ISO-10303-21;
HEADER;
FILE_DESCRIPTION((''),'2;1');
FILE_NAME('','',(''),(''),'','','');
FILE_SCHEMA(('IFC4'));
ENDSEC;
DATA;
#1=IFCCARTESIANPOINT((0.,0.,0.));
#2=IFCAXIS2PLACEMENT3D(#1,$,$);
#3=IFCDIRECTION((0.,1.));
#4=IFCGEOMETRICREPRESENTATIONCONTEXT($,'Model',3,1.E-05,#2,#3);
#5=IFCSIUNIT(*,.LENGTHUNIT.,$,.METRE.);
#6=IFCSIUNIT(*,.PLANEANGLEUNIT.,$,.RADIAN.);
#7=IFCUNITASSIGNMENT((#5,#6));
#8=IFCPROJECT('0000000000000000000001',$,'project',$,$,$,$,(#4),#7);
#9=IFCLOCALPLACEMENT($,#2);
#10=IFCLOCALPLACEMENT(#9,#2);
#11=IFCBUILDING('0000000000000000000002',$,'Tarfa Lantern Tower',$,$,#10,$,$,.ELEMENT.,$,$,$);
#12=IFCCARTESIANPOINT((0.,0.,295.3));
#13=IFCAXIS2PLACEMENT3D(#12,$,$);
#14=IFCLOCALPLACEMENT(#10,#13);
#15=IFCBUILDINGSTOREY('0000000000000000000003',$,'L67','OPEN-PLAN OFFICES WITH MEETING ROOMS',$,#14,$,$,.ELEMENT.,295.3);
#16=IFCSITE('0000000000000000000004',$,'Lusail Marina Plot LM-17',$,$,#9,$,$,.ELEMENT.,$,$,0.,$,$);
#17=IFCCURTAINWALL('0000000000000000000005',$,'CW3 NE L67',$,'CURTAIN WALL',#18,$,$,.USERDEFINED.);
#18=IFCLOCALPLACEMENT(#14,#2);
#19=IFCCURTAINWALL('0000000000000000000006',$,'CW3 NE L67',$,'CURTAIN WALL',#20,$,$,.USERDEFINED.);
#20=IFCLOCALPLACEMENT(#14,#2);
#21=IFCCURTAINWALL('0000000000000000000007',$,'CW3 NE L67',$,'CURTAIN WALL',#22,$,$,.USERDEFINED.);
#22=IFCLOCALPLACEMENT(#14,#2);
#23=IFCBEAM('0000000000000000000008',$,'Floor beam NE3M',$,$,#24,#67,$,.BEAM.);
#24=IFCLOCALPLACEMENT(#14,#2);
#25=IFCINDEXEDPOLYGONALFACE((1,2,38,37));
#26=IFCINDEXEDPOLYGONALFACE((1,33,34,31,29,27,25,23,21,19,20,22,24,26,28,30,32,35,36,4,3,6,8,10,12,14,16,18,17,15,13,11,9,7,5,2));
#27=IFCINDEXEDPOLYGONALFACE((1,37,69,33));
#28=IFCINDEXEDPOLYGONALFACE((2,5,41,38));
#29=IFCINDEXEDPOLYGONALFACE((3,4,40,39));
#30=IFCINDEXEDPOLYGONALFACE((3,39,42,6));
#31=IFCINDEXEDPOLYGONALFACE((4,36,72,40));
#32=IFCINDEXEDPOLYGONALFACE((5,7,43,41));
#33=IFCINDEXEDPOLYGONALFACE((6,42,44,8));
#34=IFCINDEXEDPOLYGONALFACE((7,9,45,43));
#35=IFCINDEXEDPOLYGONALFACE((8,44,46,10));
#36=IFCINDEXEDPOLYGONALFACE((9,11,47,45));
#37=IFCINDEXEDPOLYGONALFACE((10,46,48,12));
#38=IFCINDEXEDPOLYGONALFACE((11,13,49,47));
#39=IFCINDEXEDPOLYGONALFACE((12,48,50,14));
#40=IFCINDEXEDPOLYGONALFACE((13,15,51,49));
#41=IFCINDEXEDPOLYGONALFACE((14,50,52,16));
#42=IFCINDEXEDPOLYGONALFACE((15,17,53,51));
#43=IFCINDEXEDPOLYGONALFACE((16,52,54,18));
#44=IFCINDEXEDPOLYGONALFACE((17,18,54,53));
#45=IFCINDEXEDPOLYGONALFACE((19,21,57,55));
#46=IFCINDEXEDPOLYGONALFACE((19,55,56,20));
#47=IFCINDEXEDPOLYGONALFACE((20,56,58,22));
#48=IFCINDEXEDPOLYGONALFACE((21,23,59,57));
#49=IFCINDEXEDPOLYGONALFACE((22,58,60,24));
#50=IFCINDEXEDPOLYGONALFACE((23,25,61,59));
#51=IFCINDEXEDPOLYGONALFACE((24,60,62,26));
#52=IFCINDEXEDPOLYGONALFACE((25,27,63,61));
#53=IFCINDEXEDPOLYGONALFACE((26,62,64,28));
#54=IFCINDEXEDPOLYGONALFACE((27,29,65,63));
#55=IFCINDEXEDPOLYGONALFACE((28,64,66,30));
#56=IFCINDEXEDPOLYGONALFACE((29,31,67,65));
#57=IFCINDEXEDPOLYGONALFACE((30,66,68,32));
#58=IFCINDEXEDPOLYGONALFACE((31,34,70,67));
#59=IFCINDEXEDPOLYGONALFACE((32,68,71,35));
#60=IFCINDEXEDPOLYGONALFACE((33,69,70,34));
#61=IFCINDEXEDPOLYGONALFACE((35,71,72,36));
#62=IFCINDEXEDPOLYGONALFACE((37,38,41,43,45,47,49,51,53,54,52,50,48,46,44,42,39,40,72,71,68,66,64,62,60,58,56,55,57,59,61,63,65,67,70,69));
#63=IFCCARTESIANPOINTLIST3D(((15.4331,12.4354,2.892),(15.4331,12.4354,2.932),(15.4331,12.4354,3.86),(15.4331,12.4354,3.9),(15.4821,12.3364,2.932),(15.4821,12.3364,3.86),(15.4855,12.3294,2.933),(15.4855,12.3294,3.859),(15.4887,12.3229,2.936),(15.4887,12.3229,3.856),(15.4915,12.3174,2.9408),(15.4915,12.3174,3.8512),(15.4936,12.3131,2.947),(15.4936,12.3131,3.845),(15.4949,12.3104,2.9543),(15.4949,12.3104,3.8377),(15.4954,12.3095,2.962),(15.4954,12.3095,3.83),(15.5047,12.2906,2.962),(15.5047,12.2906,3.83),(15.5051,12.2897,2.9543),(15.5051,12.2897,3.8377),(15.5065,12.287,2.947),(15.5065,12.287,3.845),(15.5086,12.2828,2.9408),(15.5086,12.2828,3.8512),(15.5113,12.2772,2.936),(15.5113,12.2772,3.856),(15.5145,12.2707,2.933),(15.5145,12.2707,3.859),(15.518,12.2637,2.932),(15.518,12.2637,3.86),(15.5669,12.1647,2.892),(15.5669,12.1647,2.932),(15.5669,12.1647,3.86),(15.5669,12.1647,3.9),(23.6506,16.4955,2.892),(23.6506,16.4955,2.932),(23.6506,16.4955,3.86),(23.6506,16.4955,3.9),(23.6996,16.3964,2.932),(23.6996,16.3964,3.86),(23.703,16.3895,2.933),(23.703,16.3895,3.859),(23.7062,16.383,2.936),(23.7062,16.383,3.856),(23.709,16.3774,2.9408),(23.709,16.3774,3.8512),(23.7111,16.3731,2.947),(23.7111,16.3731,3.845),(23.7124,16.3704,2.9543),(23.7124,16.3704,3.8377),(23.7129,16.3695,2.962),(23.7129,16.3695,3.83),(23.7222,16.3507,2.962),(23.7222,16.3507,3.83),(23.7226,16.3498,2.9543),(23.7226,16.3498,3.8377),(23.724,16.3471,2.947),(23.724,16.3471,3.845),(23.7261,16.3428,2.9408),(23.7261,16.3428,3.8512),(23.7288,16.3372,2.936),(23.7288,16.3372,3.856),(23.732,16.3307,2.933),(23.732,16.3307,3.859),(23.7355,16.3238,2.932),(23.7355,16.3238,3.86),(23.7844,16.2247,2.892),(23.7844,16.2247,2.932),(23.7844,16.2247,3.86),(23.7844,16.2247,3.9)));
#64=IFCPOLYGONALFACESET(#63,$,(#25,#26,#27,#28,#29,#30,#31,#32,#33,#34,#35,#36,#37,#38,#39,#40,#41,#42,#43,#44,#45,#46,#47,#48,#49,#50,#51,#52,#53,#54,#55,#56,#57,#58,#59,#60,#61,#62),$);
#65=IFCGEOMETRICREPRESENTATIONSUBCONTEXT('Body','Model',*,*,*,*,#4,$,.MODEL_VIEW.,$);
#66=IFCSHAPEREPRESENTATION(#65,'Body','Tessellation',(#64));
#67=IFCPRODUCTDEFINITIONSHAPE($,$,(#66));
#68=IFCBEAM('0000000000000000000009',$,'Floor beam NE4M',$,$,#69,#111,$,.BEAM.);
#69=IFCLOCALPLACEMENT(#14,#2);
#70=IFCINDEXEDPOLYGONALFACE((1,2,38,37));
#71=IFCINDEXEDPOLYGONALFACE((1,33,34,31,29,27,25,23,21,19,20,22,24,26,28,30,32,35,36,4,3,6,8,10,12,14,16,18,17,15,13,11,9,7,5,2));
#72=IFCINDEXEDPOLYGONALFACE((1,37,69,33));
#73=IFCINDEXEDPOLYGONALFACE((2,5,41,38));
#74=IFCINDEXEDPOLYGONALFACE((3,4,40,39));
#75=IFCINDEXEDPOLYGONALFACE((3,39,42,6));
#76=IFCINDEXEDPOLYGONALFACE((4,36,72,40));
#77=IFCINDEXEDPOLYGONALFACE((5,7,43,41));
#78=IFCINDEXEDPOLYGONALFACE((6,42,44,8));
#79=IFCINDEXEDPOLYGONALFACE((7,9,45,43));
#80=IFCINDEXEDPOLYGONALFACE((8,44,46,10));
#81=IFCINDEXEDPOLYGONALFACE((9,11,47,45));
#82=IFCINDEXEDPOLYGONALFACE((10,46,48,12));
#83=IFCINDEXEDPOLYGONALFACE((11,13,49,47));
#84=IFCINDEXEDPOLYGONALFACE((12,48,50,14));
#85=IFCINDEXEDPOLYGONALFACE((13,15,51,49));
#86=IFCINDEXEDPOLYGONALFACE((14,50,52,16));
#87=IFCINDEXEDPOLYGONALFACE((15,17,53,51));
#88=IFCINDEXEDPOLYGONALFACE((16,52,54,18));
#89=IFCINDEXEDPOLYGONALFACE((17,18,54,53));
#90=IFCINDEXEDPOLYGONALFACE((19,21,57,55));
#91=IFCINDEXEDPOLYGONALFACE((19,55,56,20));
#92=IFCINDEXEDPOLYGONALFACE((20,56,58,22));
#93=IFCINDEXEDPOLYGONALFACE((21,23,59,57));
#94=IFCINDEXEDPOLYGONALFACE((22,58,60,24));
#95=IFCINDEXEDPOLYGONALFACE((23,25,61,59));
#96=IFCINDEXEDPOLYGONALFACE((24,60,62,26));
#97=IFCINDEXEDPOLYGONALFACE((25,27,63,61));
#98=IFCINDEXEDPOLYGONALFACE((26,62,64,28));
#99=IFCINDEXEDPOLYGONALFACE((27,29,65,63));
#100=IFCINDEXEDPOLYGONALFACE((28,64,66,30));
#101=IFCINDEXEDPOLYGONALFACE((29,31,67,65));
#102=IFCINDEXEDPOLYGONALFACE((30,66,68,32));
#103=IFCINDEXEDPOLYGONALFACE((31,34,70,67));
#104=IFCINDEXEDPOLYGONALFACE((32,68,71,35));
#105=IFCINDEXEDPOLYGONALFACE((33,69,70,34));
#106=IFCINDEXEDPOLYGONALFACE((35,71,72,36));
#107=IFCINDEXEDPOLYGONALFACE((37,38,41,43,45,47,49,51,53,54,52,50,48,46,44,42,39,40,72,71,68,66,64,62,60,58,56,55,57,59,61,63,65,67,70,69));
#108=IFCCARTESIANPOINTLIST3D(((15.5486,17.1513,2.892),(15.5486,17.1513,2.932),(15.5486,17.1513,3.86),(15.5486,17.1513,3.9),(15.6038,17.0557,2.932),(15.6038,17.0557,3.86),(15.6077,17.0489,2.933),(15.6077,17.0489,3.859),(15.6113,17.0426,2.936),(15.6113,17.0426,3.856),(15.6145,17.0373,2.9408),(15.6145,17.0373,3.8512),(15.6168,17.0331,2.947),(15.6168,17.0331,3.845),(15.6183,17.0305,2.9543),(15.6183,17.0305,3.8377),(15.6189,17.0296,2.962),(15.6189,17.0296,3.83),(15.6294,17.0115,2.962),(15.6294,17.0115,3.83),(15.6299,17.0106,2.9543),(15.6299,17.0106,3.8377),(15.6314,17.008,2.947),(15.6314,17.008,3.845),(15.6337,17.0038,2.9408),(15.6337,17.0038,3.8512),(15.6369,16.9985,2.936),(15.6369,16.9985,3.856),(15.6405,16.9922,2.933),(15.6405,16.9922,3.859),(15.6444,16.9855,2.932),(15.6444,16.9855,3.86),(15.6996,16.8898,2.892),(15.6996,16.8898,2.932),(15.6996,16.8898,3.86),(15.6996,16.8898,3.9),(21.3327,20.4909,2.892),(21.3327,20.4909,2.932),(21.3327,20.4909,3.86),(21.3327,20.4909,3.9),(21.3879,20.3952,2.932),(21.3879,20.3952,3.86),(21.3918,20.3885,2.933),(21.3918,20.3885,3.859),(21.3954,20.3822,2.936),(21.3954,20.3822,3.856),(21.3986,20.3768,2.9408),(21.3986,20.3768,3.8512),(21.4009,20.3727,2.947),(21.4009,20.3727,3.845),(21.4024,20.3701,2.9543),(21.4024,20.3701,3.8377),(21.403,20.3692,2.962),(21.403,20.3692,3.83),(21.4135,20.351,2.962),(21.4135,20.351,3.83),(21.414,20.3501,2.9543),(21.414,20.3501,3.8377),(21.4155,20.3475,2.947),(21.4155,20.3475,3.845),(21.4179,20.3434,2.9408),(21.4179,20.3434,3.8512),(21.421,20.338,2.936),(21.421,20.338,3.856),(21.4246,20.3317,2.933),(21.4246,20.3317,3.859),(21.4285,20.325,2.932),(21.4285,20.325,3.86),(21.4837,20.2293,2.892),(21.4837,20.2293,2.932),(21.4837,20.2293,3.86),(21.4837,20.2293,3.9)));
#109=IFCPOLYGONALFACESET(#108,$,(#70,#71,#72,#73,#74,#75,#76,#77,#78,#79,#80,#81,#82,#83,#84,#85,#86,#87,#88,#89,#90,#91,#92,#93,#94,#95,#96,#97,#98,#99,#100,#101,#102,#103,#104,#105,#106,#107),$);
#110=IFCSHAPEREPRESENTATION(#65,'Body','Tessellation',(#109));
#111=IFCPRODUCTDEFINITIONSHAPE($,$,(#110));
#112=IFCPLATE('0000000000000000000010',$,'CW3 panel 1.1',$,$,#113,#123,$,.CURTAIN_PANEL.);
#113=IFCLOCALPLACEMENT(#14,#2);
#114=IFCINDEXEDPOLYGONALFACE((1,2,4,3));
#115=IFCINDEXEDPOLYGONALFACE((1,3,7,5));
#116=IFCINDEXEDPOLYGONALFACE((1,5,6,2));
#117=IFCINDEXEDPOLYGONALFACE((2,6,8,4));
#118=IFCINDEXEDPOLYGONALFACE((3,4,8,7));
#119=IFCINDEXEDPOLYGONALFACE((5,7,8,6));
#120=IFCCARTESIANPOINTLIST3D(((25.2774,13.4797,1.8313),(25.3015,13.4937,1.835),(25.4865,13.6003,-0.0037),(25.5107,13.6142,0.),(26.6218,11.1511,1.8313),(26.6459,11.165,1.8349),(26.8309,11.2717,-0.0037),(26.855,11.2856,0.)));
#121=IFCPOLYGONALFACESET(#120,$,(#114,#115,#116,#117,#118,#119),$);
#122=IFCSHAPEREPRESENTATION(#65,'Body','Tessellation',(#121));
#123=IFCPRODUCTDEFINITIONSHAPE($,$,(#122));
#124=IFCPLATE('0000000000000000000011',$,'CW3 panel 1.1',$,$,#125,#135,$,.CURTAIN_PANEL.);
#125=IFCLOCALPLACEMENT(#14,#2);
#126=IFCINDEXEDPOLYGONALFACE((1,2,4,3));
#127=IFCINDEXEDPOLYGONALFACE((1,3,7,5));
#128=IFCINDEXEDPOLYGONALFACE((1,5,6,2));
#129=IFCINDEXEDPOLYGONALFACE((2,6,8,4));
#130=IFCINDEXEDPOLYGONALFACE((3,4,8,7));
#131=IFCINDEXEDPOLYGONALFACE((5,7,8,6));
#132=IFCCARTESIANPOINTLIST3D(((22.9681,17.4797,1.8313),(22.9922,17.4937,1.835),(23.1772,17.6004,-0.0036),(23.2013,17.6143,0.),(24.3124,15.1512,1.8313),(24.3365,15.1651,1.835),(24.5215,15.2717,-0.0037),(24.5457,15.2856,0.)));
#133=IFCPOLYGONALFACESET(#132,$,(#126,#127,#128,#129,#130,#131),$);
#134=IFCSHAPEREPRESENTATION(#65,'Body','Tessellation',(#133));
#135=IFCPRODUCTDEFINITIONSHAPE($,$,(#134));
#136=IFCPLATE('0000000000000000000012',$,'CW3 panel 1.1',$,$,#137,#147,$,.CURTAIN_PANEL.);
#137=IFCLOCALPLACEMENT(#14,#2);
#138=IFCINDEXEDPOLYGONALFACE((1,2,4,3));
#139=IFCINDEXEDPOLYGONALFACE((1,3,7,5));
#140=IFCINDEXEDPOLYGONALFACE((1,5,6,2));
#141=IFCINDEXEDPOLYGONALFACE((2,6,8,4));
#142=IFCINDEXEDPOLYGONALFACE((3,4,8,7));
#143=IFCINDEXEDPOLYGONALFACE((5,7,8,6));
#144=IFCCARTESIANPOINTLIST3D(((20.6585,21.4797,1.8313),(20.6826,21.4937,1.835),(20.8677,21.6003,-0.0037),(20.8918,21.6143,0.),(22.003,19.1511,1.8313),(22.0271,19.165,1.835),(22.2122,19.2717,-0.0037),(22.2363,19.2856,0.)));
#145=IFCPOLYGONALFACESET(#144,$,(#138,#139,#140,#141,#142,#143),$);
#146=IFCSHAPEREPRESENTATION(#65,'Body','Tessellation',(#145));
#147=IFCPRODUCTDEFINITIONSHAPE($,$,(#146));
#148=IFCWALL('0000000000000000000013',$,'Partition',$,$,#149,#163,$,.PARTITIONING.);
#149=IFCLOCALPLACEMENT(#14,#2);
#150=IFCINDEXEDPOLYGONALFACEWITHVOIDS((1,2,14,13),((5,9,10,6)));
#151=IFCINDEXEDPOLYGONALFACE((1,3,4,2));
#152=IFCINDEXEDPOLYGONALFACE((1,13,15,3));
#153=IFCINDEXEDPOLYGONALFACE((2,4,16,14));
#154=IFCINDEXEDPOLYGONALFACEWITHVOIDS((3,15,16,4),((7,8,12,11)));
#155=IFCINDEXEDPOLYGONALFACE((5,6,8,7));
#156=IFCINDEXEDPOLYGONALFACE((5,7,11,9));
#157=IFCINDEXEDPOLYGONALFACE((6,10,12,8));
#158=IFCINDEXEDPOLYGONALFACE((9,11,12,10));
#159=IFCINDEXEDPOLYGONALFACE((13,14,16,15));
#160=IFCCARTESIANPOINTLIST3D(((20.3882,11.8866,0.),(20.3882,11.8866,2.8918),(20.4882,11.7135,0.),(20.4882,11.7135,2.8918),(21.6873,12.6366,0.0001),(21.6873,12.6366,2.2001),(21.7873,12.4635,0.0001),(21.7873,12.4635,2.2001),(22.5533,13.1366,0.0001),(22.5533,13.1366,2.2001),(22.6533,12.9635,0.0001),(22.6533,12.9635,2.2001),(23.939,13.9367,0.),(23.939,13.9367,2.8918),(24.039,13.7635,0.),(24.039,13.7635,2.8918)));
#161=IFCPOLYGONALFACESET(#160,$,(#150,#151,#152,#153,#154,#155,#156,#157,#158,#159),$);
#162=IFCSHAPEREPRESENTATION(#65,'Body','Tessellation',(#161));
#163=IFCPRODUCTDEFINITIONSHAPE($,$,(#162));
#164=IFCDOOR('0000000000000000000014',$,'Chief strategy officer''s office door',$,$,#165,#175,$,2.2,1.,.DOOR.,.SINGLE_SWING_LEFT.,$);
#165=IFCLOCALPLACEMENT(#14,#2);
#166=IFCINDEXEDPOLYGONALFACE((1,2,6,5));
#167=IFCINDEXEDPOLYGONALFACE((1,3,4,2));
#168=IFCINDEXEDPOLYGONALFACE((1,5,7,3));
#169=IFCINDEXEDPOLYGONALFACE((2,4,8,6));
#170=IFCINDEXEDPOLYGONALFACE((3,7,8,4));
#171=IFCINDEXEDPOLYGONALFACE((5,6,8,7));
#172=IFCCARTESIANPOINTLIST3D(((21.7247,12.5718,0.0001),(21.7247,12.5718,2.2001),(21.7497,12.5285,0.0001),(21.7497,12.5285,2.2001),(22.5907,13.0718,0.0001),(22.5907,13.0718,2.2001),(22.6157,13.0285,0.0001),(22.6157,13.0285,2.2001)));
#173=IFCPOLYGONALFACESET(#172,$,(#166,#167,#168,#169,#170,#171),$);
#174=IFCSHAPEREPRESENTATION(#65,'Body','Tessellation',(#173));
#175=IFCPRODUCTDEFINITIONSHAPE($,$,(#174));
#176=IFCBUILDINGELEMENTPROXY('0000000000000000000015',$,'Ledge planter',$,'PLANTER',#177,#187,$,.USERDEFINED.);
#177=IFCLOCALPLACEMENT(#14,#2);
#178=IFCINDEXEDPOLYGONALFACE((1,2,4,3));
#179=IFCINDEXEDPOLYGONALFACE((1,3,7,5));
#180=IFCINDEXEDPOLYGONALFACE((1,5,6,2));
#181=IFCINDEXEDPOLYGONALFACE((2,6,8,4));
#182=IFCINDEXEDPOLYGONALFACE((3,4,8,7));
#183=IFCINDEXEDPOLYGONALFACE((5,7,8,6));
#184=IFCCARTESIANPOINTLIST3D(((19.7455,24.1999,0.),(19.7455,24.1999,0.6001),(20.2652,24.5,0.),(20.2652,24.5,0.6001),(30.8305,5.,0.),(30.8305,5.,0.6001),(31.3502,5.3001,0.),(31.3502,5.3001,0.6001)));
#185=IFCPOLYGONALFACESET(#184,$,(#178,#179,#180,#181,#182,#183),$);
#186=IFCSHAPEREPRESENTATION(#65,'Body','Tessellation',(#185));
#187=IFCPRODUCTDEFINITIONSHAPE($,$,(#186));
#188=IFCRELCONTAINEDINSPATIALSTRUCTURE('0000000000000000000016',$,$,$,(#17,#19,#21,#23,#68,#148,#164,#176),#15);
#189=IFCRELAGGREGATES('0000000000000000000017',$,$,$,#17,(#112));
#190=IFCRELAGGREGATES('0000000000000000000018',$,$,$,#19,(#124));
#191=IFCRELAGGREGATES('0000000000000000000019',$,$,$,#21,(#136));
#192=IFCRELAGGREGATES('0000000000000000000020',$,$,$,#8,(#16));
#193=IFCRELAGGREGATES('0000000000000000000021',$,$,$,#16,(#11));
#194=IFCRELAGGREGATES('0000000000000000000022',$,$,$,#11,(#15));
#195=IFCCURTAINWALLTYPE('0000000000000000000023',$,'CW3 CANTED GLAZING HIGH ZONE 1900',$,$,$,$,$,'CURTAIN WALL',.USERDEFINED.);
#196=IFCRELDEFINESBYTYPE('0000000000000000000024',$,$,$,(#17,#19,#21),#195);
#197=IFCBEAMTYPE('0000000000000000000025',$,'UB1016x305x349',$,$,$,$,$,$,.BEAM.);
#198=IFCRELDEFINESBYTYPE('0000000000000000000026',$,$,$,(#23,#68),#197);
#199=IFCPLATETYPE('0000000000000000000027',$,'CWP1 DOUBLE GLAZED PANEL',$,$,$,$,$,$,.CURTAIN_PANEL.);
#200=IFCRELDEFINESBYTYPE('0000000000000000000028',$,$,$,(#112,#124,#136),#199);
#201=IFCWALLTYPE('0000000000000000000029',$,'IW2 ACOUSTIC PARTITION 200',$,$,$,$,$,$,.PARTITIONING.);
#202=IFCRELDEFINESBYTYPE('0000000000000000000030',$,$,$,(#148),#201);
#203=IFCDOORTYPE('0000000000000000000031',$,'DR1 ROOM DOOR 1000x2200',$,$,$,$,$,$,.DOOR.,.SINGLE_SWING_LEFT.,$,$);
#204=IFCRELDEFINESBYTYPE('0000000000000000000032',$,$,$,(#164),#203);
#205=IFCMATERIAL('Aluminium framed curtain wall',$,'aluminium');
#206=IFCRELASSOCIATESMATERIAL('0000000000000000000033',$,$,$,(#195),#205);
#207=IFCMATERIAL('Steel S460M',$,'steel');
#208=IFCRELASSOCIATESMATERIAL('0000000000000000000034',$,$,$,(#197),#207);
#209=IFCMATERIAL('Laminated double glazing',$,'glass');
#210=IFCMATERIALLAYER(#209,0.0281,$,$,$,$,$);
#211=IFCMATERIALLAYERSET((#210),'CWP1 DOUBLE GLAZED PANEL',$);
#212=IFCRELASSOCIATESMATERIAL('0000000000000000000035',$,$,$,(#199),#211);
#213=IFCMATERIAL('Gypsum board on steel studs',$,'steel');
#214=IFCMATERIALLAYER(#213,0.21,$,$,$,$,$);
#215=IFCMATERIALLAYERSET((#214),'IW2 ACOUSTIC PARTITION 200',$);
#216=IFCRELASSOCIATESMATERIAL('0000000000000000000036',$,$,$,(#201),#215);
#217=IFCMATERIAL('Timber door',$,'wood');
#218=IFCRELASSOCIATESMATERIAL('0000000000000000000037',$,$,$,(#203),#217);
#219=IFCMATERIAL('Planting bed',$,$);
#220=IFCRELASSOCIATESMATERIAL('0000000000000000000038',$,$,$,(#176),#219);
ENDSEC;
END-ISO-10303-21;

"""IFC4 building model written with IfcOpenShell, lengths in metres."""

from ifc_helpers import new_model, si_unit, direction, frame, frame_2d, origin, origin_2d, place, context, subcontext, project, spatial, polyline, rectangle, i_section, outline, extrude, material, layer, layer_set, material_profile, profile_set, type_object, element, fill, aggregate, save


model = new_model("IFC4")

# Units and contexts
model_context = context("Model", 3, precision=1e-05, world=origin(), true_north=direction((0.0, 1.0)))
body_context = subcontext(model_context, "Body", "Model", "MODEL_VIEW")
ifc_project = project(units=[si_unit("LENGTHUNIT", "METRE"), si_unit("PLANEANGLEUNIT", "RADIAN")], contexts=[model_context])

# Site, building, storey
site_placement = place(None, origin())
site = spatial("IfcSite", under=ifc_project, at=site_placement, Name="Lusail Marina Plot LM-17", CompositionType="ELEMENT", RefElevation=0.0)
building_placement = place(site_placement, origin())
building = spatial("IfcBuilding", under=site, at=building_placement, Name="Tarfa Lantern Tower", CompositionType="ELEMENT")
storey_placement = place(building_placement, frame((0.0, 0.0, 295.3)))
storey = spatial("IfcBuildingStorey", under=building, at=storey_placement, Name="L67", Description="OPEN-PLAN OFFICES WITH MEETING ROOMS", CompositionType="ELEMENT", Elevation=295.3)

# Curtain walls
ifc_material_1 = material(Name="Aluminium framed curtain wall", Category="aluminium")
curtain_wall_type = type_object("IfcCurtainWallType", Name="CW3 CANTED GLAZING HIGH ZONE 1900", ElementType="CURTAIN WALL", PredefinedType="USERDEFINED", material=ifc_material_1)
curtain_wall_1_placement = place(storey_placement, origin())
curtain_wall_1 = element("IfcCurtainWall", 1, at=curtain_wall_1_placement, inside=storey, type_object=curtain_wall_type, Name="CW3 NE L67", ObjectType="CURTAIN WALL", PredefinedType="USERDEFINED")
curtain_wall_2_placement = place(storey_placement, origin())
curtain_wall_2 = element("IfcCurtainWall", 2, at=curtain_wall_2_placement, inside=storey, type_object=curtain_wall_type, Name="CW3 NE L67", ObjectType="CURTAIN WALL", PredefinedType="USERDEFINED")
curtain_wall_3_placement = place(storey_placement, origin())
curtain_wall_3 = element("IfcCurtainWall", 3, at=curtain_wall_3_placement, inside=storey, type_object=curtain_wall_type, Name="CW3 NE L67", ObjectType="CURTAIN WALL", PredefinedType="USERDEFINED")

# Beams
ifc_material_2 = material(Name="Steel S460M", Category="steel")
ifc_material_profile_1 = material_profile(ifc_material_2, i_section(OverallWidth=0.302, OverallDepth=1.0081, WebThickness=0.021, FlangeThickness=0.04, FilletRadius=0.03, at=origin_2d()), Name="UB1016x305x349")
ifc_profile_set_1 = profile_set([ifc_material_profile_1], Name="Steel S460M")
beam_type_1 = type_object("IfcBeamType", Name="UB1016x305x349", PredefinedType="BEAM", material=ifc_profile_set_1)
beam_1_placement = place(storey_placement, frame((23.7175, 16.3601, 3.396), z_axis=(-0.896543, -0.442957, 0.0), x_axis=(0.442957, -0.896543, 0.0)))
element("IfcBeam", 4, at=beam_1_placement, inside=storey, type_object=beam_type_1, Name="Floor beam NE3M", PredefinedType="BEAM", context=body_context, shape_type="SweptSolid", body=[
    extrude(i_section(OverallWidth=0.302, OverallDepth=1.0081, WebThickness=0.021, FlangeThickness=0.04, FilletRadius=0.03, at=origin_2d()), origin(), (0.0, 0.0, 1.0), 9.1658),
])
beam_2_placement = place(storey_placement, frame((21.4082, 20.3601, 3.396), z_axis=(-0.866019, -0.500011, 0.0), x_axis=(0.500011, -0.866019, 0.0)))
element("IfcBeam", 5, at=beam_2_placement, inside=storey, type_object=beam_type_1, Name="Floor beam NE4M", PredefinedType="BEAM", context=body_context, shape_type="SweptSolid", body=[
    extrude(i_section(OverallWidth=0.302, OverallDepth=1.0081, WebThickness=0.021, FlangeThickness=0.04, FilletRadius=0.03, at=origin_2d()), origin(), (0.0, 0.0, 1.0), 6.679),
])

# Plates
ifc_material_3 = material(Name="Laminated double glazing", Category="glass")
ifc_layer_1 = layer(ifc_material_3, 0.0281)
ifc_layer_set_1 = layer_set([ifc_layer_1], Name="CWP1 DOUBLE GLAZED PANEL")
plate_type = type_object("IfcPlateType", Name="CWP1 DOUBLE GLAZED PANEL", PredefinedType="CURTAIN_PANEL", material=ifc_layer_set_1)
plate_1_placement = place(storey_placement, frame((26.855, 11.2856, 0.0), z_axis=(0.858638, 0.495711, 0.130429), x_axis=(-0.499981, 0.866036, -0.000005)))
plate_1 = element("IfcPlate", 6, at=plate_1_placement, type_object=plate_type, Name="CW3 panel 1.1", PredefinedType="CURTAIN_PANEL", context=body_context, shape_type="SweptSolid", body=[
    extrude(outline(polyline([(0.0, 0.0), (2.6888, 0.0), (2.6889, 1.8508), (0.0, 1.8508), (0.0, 0.0)])), origin(), (0.0, 0.0, -1.0), 0.0281),
])
aggregate(curtain_wall_1, [plate_1])
plate_2_placement = place(storey_placement, frame((24.5457, 15.2856, 0.0), z_axis=(0.858638, 0.495711, 0.130429), x_axis=(-0.499982, 0.866036, 0.000005)))
plate_2 = element("IfcPlate", 7, at=plate_2_placement, type_object=plate_type, Name="CW3 panel 1.1", PredefinedType="CURTAIN_PANEL", context=body_context, shape_type="SweptSolid", body=[
    extrude(outline(polyline([(0.0, 0.0), (2.6889, 0.0), (2.6889, 1.8508), (0.0002, 1.8508), (0.0, 0.0)])), origin(), (0.0, 0.0, -1.0), 0.0281),
])
aggregate(curtain_wall_2, [plate_2])
plate_3_placement = place(storey_placement, frame((22.2363, 19.2856, 0.0), z_axis=(0.858612, 0.495741, 0.130485), x_axis=(-0.500016, 0.866016, 0.0)))
plate_3 = element("IfcPlate", 8, at=plate_3_placement, type_object=plate_type, Name="CW3 panel 1.1", PredefinedType="CURTAIN_PANEL", context=body_context, shape_type="SweptSolid", body=[
    extrude(outline(polyline([(0.0, 0.0), (2.6889, 0.0), (2.6891, 1.8508), (0.0002, 1.8508), (0.0, 0.0)])), origin(), (0.0, 0.0, -1.0), 0.0281),
])
aggregate(curtain_wall_3, [plate_3])

# Wall, opening, door
ifc_material_4 = material(Name="Gypsum board on steel studs", Category="steel")
ifc_layer_2 = layer(ifc_material_4, 0.21)
ifc_layer_set_2 = layer_set([ifc_layer_2], Name="IW2 ACOUSTIC PARTITION 200")
wall_type = type_object("IfcWallType", Name="IW2 ACOUSTIC PARTITION 200", PredefinedType="PARTITIONING", material=ifc_layer_set_2)
wall_placement = place(storey_placement, frame((20.4382, 11.8, 0.0), z_axis=(0.0, 0.0, 1.0), x_axis=(0.866025, 0.500001, 0.0)))
wall = element("IfcWall", 9, at=wall_placement, inside=storey, type_object=wall_type, Name="Partition", PredefinedType="PARTITIONING", context=body_context, shape_type="SweptSolid", body=[
    extrude(rectangle(XDim=4.1001, YDim=0.2, at=frame_2d((2.05, 0.0))), origin(), (0.0, 0.0, 1.0), 2.8918),
])
opening_placement = place(wall_placement, frame((1.5, 0.0, 0.0)))
opening = element("IfcOpeningElement", 10, at=opening_placement, cuts=wall, PredefinedType="OPENING", context=body_context, shape_type="SweptSolid", body=[
    extrude(rectangle(XDim=1.0, YDim=2.2, at=frame_2d((0.5, 1.1001))), frame((0.0, 0.1099, 0.0), z_axis=(0.0, -1.0, 0.0), x_axis=(1.0, 0.0, 0.0)), (0.0, 0.0, 1.0), 0.22),
])
ifc_material_5 = material(Name="Timber door", Category="wood")
door_type = type_object("IfcDoorType", Name="DR1 ROOM DOOR 1000x2200", OperationType="SINGLE_SWING_LEFT", PredefinedType="DOOR", material=ifc_material_5)
door_placement = place(opening_placement, frame((1.0, 0.0, 0.0), z_axis=(0.0, 0.0, 1.0), x_axis=(-1.0, 0.0, 0.0)))
door = element("IfcDoor", 11, at=door_placement, inside=storey, type_object=door_type, Name="Chief strategy officer's office door", OperationType="SINGLE_SWING_LEFT", OverallHeight=2.2, OverallWidth=1.0, PredefinedType="DOOR", context=body_context, shape_type="SweptSolid", body=[
    extrude(rectangle(XDim=1.0, YDim=2.2, at=frame_2d((0.5, 1.1001))), frame((0.0, 0.0249, 0.0), z_axis=(0.0, -1.0, 0.0), x_axis=(1.0, 0.0, 0.0)), (0.0, 0.0, 1.0), 0.05),
])
fill(opening, door)

# Building element proxy
ifc_material_6 = material(Name="Planting bed")
proxy_placement = place(storey_placement, frame((25.5479, 14.75, 0.0), z_axis=(0.0, 0.0, 1.0), x_axis=(-0.5, 0.866025, 0.0)))
element("IfcBuildingElementProxy", 12, at=proxy_placement, inside=storey, material=ifc_material_6, Name="Ledge planter", ObjectType="PLANTER", PredefinedType="USERDEFINED", context=body_context, shape_type="SweptSolid", body=[
    extrude(rectangle(XDim=22.1702, YDim=0.6001, at=origin_2d()), origin(), (0.0, 0.0, 1.0), 0.6001),
])

save(model, "model.ifc")
